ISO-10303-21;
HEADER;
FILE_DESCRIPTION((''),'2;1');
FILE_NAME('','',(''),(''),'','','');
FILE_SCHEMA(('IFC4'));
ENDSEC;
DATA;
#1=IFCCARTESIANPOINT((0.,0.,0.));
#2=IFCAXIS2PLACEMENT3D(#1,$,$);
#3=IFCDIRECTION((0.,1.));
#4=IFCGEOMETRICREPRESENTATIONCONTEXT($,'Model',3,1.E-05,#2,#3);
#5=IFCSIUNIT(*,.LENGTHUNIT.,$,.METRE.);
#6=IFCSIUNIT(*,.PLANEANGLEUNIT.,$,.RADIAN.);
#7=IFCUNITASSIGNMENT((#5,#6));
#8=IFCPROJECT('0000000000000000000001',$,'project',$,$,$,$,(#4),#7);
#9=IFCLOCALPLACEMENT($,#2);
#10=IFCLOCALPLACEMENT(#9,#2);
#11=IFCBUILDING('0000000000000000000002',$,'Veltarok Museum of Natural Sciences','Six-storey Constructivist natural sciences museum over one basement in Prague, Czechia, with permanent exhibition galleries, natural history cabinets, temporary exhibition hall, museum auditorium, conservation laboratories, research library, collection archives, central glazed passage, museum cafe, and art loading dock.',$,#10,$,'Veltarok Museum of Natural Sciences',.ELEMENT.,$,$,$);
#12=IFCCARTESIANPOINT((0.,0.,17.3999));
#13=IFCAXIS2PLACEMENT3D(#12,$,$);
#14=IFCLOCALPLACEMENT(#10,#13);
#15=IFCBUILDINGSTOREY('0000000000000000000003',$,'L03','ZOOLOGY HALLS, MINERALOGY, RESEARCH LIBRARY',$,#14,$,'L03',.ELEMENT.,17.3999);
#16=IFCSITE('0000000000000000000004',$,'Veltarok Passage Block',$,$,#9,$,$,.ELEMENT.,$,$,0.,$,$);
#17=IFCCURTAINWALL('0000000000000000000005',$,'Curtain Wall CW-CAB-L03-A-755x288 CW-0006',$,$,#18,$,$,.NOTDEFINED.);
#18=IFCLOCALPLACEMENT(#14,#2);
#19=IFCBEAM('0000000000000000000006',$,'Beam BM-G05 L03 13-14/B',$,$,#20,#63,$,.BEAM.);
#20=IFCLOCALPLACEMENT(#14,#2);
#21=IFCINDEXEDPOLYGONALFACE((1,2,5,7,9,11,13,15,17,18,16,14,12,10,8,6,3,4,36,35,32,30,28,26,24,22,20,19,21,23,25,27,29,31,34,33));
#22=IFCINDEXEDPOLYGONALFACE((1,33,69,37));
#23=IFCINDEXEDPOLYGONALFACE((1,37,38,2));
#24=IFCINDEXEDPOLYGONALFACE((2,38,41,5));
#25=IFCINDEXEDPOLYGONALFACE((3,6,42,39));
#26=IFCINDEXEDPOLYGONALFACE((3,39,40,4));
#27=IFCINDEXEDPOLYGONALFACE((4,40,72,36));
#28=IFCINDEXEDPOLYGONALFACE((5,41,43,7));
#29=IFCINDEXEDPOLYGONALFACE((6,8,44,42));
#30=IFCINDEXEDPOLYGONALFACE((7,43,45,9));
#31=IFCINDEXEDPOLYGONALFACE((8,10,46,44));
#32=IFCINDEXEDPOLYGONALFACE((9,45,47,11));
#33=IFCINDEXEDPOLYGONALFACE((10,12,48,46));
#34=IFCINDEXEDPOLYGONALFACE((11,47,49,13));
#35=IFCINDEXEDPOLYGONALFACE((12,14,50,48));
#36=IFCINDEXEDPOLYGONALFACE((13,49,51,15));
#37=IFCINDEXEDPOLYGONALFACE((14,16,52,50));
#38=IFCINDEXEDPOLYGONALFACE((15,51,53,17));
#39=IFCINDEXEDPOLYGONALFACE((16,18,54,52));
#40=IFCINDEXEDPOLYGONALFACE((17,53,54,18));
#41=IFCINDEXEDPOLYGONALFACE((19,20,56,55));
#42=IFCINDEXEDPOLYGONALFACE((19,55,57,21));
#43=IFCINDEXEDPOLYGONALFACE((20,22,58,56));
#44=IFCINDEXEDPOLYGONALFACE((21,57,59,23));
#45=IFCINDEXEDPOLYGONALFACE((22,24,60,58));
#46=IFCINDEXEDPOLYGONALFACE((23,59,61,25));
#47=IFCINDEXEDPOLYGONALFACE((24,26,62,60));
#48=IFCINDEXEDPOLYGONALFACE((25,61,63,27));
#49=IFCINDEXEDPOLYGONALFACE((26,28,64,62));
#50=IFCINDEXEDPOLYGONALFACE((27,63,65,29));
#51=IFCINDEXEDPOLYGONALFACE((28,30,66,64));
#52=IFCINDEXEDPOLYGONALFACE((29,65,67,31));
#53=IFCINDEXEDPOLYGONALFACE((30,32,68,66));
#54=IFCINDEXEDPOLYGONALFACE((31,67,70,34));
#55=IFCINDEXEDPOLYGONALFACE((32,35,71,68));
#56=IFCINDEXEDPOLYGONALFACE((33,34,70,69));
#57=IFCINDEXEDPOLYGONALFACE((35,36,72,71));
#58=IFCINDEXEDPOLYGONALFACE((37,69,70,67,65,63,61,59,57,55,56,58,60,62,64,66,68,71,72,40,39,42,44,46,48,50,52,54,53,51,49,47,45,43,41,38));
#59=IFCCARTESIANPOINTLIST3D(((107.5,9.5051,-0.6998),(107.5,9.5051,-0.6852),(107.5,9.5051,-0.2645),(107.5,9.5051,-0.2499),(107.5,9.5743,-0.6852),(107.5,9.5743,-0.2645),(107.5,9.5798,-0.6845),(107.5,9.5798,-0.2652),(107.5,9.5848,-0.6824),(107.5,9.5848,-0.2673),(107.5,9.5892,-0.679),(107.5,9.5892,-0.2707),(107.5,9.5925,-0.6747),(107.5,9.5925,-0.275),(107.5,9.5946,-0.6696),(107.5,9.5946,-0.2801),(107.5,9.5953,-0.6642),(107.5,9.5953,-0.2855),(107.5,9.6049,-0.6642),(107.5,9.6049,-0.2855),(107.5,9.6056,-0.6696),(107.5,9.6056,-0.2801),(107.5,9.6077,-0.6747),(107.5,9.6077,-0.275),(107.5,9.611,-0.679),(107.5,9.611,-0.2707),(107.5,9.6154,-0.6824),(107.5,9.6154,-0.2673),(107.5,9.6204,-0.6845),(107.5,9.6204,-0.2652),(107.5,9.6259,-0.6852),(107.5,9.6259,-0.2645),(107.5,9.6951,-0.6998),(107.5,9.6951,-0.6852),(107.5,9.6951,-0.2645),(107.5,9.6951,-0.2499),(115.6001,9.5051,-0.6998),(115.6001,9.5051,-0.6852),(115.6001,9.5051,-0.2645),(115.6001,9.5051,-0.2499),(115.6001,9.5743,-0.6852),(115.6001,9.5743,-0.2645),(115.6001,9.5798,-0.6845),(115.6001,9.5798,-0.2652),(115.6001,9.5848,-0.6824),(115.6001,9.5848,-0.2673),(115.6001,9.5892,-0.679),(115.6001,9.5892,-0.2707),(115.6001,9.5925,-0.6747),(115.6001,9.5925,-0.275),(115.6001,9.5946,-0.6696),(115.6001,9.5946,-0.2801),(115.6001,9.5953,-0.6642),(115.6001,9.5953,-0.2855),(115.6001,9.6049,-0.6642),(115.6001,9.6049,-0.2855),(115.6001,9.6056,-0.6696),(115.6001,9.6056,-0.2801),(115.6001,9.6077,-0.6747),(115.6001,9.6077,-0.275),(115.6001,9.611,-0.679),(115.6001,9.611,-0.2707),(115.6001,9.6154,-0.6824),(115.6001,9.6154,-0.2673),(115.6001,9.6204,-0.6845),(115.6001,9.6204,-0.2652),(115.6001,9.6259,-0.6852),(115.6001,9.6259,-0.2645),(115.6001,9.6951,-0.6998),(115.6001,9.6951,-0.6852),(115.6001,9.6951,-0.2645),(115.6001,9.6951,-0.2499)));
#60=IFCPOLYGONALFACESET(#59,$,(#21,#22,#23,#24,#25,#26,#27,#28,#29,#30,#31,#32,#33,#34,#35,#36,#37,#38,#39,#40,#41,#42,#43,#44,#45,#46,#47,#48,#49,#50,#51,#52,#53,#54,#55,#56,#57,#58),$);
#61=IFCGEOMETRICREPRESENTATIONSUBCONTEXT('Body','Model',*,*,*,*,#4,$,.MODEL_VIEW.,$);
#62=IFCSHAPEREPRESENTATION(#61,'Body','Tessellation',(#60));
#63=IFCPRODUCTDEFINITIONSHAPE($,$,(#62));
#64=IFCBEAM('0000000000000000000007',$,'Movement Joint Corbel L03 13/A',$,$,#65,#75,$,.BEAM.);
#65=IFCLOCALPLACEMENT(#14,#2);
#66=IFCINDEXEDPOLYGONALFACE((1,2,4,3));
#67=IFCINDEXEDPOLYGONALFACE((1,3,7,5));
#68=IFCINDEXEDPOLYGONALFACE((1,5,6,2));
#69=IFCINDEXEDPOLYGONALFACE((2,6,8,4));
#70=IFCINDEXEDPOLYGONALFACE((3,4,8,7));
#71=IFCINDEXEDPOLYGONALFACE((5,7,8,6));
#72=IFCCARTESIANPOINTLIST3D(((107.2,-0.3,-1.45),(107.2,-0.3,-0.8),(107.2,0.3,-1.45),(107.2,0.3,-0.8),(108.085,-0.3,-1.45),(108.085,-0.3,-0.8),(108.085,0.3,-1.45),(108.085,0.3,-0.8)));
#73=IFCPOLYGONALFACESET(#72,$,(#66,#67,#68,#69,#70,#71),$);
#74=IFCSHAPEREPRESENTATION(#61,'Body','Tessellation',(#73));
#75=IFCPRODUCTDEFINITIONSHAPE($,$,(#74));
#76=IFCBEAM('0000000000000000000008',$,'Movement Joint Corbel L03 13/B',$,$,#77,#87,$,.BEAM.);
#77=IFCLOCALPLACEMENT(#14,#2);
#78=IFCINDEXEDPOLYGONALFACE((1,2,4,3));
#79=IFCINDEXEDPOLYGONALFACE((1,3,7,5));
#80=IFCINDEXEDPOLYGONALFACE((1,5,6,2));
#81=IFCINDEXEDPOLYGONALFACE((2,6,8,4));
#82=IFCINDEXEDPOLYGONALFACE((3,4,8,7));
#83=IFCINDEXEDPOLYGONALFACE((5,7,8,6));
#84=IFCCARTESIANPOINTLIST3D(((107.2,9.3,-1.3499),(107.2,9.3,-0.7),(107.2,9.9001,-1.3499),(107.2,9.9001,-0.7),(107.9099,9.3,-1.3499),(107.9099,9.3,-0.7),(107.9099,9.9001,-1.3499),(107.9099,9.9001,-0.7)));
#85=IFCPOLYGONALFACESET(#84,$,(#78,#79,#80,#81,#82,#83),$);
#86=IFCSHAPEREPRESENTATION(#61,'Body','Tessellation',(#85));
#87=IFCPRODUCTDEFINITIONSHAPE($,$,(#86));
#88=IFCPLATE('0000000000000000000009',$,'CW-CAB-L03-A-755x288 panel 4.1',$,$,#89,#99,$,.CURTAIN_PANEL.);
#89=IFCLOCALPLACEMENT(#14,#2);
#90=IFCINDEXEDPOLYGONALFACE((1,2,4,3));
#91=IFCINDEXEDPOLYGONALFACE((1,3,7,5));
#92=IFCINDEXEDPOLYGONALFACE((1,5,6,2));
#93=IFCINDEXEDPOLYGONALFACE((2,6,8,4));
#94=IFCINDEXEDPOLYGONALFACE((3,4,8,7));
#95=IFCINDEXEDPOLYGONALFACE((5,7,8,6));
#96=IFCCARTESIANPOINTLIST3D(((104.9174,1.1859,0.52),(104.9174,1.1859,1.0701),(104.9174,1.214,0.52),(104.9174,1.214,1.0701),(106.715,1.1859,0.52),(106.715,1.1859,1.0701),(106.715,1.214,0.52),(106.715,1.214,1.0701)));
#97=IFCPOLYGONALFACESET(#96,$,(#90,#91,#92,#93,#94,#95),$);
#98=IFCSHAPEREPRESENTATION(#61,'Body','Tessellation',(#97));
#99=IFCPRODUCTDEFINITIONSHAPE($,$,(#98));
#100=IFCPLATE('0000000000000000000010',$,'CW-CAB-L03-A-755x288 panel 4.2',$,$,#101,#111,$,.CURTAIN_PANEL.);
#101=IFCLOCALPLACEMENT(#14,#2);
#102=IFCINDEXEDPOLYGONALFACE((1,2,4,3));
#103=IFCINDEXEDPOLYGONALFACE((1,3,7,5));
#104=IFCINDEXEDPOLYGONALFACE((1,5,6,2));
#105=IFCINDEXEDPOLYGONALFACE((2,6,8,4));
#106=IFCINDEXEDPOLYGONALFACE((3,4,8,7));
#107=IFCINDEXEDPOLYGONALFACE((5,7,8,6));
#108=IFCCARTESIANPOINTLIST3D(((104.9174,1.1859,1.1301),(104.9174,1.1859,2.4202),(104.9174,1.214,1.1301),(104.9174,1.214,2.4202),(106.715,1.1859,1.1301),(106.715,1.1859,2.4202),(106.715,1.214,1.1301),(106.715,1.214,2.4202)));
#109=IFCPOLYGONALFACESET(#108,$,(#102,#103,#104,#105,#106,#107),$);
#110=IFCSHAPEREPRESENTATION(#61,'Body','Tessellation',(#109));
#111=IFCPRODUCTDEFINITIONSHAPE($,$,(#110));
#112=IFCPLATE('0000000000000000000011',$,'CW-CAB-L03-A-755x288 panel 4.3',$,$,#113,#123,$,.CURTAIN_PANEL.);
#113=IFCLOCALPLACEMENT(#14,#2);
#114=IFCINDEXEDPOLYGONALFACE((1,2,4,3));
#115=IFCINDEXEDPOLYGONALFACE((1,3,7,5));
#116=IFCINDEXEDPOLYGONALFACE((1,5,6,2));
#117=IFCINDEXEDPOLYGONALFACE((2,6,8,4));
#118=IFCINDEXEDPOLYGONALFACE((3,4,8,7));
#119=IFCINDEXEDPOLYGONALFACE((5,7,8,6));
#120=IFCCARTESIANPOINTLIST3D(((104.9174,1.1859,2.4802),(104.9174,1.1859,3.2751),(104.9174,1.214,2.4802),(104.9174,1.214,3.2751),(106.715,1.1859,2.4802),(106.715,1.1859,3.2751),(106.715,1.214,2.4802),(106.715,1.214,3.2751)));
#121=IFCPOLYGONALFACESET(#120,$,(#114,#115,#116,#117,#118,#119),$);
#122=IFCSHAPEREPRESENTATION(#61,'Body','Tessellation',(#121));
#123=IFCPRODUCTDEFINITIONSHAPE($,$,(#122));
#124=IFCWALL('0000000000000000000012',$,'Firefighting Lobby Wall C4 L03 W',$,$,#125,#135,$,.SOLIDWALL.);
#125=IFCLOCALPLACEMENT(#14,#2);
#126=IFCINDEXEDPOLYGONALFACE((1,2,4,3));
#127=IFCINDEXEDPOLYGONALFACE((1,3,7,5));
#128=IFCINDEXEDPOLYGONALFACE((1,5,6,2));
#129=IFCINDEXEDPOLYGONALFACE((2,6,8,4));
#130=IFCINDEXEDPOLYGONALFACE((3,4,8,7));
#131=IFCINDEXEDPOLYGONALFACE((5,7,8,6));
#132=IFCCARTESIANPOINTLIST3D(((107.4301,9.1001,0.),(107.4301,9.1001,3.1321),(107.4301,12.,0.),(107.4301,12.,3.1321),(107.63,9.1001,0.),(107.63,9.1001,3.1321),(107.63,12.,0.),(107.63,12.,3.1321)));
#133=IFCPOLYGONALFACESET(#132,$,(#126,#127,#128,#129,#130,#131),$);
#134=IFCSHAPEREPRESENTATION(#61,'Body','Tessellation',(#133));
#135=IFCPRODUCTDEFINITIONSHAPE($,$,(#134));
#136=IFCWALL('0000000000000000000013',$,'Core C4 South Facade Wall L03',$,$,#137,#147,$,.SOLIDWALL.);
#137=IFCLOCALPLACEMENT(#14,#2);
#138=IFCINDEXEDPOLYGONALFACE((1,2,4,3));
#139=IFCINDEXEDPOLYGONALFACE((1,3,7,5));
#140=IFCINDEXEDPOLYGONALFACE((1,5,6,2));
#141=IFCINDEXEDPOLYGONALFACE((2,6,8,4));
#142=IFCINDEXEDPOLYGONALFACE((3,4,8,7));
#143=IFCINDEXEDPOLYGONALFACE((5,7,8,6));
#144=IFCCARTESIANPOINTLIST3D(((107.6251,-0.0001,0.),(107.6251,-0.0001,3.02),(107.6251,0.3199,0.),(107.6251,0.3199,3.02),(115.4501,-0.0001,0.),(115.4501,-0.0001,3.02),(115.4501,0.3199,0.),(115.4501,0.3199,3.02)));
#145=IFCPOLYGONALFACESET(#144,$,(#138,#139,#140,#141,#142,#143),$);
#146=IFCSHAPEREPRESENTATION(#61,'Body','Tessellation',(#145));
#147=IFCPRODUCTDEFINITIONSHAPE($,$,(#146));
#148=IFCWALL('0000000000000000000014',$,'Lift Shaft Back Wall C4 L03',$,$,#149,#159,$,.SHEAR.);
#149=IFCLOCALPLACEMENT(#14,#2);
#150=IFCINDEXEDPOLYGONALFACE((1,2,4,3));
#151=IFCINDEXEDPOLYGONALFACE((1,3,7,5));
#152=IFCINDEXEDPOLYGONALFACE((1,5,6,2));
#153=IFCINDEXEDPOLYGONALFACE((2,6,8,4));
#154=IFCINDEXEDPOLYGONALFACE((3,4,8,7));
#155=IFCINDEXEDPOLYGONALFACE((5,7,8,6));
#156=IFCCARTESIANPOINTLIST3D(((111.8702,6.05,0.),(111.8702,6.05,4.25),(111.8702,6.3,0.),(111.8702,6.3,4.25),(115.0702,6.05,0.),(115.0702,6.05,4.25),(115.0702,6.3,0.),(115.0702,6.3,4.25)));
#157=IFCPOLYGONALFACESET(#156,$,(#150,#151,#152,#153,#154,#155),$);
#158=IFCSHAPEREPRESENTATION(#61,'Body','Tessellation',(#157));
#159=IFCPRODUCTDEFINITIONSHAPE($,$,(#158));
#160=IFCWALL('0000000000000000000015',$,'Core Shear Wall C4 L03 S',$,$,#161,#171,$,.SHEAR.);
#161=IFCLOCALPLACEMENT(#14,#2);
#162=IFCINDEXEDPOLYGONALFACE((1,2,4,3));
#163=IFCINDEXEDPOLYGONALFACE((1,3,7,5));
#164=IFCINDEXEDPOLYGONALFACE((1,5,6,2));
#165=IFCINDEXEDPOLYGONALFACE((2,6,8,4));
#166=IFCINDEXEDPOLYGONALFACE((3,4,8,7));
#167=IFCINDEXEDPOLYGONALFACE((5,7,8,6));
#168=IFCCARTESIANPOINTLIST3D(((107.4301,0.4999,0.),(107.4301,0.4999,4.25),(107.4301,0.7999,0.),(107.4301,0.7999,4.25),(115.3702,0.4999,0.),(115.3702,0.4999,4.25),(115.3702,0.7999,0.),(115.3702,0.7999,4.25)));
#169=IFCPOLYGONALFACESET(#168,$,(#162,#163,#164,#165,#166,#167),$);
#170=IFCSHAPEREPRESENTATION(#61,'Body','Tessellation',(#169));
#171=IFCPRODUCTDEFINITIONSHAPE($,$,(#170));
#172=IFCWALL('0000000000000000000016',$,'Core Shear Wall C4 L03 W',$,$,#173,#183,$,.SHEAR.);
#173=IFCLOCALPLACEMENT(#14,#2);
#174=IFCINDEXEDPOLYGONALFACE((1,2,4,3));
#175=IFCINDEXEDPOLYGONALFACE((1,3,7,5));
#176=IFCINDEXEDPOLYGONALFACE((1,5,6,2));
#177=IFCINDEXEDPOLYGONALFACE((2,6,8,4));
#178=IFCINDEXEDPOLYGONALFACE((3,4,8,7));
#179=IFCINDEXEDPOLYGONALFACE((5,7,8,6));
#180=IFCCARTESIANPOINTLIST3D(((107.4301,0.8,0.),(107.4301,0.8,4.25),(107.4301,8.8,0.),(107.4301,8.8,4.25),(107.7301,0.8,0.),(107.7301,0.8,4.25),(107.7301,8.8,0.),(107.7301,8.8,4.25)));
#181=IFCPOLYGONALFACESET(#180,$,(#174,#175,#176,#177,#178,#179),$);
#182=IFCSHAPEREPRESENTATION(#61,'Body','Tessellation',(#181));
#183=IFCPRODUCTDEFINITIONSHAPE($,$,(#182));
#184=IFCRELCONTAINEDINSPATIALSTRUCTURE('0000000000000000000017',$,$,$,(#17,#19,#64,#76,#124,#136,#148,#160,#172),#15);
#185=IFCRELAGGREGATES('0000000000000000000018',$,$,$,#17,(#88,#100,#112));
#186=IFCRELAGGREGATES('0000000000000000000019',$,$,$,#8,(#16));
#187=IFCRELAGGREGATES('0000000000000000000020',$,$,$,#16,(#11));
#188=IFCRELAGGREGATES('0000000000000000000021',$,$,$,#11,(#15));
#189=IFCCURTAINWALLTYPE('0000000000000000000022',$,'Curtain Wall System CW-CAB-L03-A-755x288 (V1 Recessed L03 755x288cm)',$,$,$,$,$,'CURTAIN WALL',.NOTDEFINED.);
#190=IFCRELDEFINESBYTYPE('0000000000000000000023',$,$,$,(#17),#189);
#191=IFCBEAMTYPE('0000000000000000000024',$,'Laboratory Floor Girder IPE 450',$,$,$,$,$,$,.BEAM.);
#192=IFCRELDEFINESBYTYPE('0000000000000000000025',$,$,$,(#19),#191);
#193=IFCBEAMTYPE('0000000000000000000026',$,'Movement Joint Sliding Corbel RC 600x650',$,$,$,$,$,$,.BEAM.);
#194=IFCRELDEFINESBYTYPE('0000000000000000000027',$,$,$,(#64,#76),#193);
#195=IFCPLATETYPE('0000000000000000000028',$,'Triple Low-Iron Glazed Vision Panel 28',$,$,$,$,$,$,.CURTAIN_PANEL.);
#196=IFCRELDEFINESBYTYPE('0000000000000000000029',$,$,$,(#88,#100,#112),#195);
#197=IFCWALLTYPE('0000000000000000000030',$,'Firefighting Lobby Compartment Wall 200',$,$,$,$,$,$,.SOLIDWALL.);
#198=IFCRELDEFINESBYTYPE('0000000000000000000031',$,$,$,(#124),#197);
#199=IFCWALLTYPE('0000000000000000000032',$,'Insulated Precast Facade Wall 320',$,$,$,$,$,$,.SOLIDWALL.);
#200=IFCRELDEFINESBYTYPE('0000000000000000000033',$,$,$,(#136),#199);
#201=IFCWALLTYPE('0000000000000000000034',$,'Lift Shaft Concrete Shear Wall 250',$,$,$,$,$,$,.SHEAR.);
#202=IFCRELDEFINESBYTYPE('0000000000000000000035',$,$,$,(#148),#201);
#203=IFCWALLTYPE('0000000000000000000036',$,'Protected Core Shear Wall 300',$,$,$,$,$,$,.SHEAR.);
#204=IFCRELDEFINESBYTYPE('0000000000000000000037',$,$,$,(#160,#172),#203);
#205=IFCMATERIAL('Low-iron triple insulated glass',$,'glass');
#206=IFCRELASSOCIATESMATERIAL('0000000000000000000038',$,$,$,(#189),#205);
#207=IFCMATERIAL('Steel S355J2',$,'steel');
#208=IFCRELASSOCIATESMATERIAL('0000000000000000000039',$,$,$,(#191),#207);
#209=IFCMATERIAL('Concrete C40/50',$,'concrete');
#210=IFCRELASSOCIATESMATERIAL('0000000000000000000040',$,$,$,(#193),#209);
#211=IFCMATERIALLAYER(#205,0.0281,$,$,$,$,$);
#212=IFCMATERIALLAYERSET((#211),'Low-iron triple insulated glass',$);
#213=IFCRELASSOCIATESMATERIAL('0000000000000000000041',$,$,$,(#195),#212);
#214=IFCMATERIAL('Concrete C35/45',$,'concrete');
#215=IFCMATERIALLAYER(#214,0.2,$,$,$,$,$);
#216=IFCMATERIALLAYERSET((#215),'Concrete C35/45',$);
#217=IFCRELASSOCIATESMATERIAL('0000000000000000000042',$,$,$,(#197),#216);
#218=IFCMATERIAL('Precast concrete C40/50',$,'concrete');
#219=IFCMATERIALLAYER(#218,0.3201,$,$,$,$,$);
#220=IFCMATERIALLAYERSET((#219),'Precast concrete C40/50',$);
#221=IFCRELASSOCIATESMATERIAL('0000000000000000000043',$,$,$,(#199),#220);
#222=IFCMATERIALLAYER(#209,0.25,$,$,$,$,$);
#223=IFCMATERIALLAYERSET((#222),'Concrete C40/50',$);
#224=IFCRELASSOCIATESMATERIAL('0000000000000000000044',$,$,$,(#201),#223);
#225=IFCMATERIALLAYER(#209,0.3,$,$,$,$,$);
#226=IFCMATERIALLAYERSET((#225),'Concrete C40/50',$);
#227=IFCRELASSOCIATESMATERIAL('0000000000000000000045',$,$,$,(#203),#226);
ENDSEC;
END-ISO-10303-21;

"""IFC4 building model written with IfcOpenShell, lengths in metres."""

from ifc_helpers import new_model, si_unit, direction, frame, frame_2d, origin, origin_2d, place, context, subcontext, project, spatial, rectangle, i_section, extrude, material, layer, layer_set, material_profile, profile_set, type_object, element, aggregate, save


model = new_model("IFC4")

# Units and contexts
model_context = context("Model", 3, precision=1e-05, world=origin(), true_north=direction((0.0, 1.0)))
body_context = subcontext(model_context, "Body", "Model", "MODEL_VIEW")
ifc_project = project(units=[si_unit("LENGTHUNIT", "METRE"), si_unit("PLANEANGLEUNIT", "RADIAN")], contexts=[model_context])

# Site, building, storey
site_placement = place(None, origin())
site = spatial("IfcSite", under=ifc_project, at=site_placement, Name="Veltarok Passage Block", CompositionType="ELEMENT", RefElevation=0.0)
building_placement = place(site_placement, origin())
building = spatial("IfcBuilding", under=site, at=building_placement, Name="Veltarok Museum of Natural Sciences", Description="Six-storey Constructivist natural sciences museum over one basement in Prague, Czechia, with permanent exhibition galleries, natural history cabinets, temporary exhibition hall, museum auditorium, conservation laboratories, research library, collection archives, central glazed passage, museum cafe, and art loading dock.", LongName="Veltarok Museum of Natural Sciences", CompositionType="ELEMENT")
storey_placement = place(building_placement, frame((0.0, 0.0, 17.3999)))
storey = spatial("IfcBuildingStorey", under=building, at=storey_placement, Name="L03", Description="ZOOLOGY HALLS, MINERALOGY, RESEARCH LIBRARY", LongName="L03", CompositionType="ELEMENT", Elevation=17.3999)

# Shared definitions
ifc_material_1 = material(Name="Concrete C40/50", Category="concrete")

# Curtain wall
ifc_material_2 = material(Name="Low-iron triple insulated glass", Category="glass")
curtain_wall_type = type_object("IfcCurtainWallType", Name="Curtain Wall System CW-CAB-L03-A-755x288 (V1 Recessed L03 755x288cm)", ElementType="CURTAIN WALL", PredefinedType="NOTDEFINED", material=ifc_material_2)
curtain_wall_placement = place(storey_placement, origin())
curtain_wall = element("IfcCurtainWall", 1, at=curtain_wall_placement, inside=storey, type_object=curtain_wall_type, Name="Curtain Wall CW-CAB-L03-A-755x288 CW-0006", PredefinedType="NOTDEFINED")

# Beams
ifc_material_3 = material(Name="Precast concrete C40/50", Category="concrete")
ifc_material_4 = material(Name="Steel S355J2", Category="steel")
ifc_material_profile_1 = material_profile(ifc_material_4, i_section(OverallWidth=0.1899, OverallDepth=0.45, WebThickness=0.0095, FlangeThickness=0.0146, FilletRadius=0.021, at=origin_2d()), Name="IPE 450")
ifc_profile_set_1 = profile_set([ifc_material_profile_1], Name="Steel S355J2")
beam_type_1 = type_object("IfcBeamType", Name="Laboratory Floor Girder IPE 450", PredefinedType="BEAM", material=ifc_profile_set_1)
beam_1_placement = place(storey_placement, frame((107.5, 9.6001, -0.4749), z_axis=(1.0, 0.0, 0.0), x_axis=(0.0, 1.0, 0.0)))
element("IfcBeam", 2, at=beam_1_placement, inside=storey, type_object=beam_type_1, Name="Beam BM-G05 L03 13-14/B", PredefinedType="BEAM", context=body_context, shape_type="SweptSolid", body=[
    extrude(i_section(OverallWidth=0.1899, OverallDepth=0.45, WebThickness=0.0095, FlangeThickness=0.0146, FilletRadius=0.021, at=origin_2d()), origin(), (0.0, 0.0, 1.0), 8.1001),
])
ifc_material_profile_2 = material_profile(ifc_material_1, rectangle(XDim=0.6001, YDim=0.6499, at=origin_2d()), Name="RC 600x650")
ifc_profile_set_2 = profile_set([ifc_material_profile_2], Name="Concrete C40/50")
beam_type_2 = type_object("IfcBeamType", Name="Movement Joint Sliding Corbel RC 600x650", PredefinedType="BEAM", material=ifc_profile_set_2)
beam_2_placement = place(storey_placement, frame((107.2, 0.0, -1.125), z_axis=(1.0, 0.0, 0.0), x_axis=(0.0, 1.0, 0.0)))
element("IfcBeam", 3, at=beam_2_placement, inside=storey, type_object=beam_type_2, Name="Movement Joint Corbel L03 13/A", PredefinedType="BEAM", context=body_context, shape_type="SweptSolid", body=[
    extrude(rectangle(XDim=0.6001, YDim=0.6499, at=origin_2d()), origin(), (0.0, 0.0, 1.0), 0.885),
])
beam_3_placement = place(storey_placement, frame((107.2, 9.6001, -1.0249), z_axis=(1.0, 0.0, 0.0), x_axis=(0.0, 1.0, 0.0)))
element("IfcBeam", 4, at=beam_3_placement, inside=storey, type_object=beam_type_2, Name="Movement Joint Corbel L03 13/B", PredefinedType="BEAM", context=body_context, shape_type="SweptSolid", body=[
    extrude(rectangle(XDim=0.6001, YDim=0.6499, at=origin_2d()), origin(), (0.0, 0.0, 1.0), 0.71),
])

# Plates
ifc_layer_1 = layer(ifc_material_2, 0.0281)
ifc_layer_set_1 = layer_set([ifc_layer_1], Name="Low-iron triple insulated glass")
plate_type = type_object("IfcPlateType", Name="Triple Low-Iron Glazed Vision Panel 28", PredefinedType="CURTAIN_PANEL", material=ifc_layer_set_1)
plate_1_placement = place(storey_placement, frame((105.8162, 1.2, 0.52), z_axis=(0.0, 0.0, 1.0), x_axis=(1.0, 0.0, 0.0)))
plate_1 = element("IfcPlate", 5, at=plate_1_placement, type_object=plate_type, Name="CW-CAB-L03-A-755x288 panel 4.1", PredefinedType="CURTAIN_PANEL", context=body_context, shape_type="SweptSolid", body=[
    extrude(rectangle(XDim=1.7976, YDim=0.0281, at=origin_2d()), origin(), (0.0, 0.0, 1.0), 0.55),
])
plate_2_placement = place(storey_placement, frame((105.8162, 1.2, 1.1301), z_axis=(0.0, 0.0, 1.0), x_axis=(1.0, 0.0, 0.0)))
plate_2 = element("IfcPlate", 6, at=plate_2_placement, type_object=plate_type, Name="CW-CAB-L03-A-755x288 panel 4.2", PredefinedType="CURTAIN_PANEL", context=body_context, shape_type="SweptSolid", body=[
    extrude(rectangle(XDim=1.7976, YDim=0.0281, at=origin_2d()), origin(), (0.0, 0.0, 1.0), 1.29),
])
plate_3_placement = place(storey_placement, frame((105.8162, 1.2, 2.4802), z_axis=(0.0, 0.0, 1.0), x_axis=(1.0, 0.0, 0.0)))
plate_3 = element("IfcPlate", 7, at=plate_3_placement, type_object=plate_type, Name="CW-CAB-L03-A-755x288 panel 4.3", PredefinedType="CURTAIN_PANEL", context=body_context, shape_type="SweptSolid", body=[
    extrude(rectangle(XDim=1.7976, YDim=0.0281, at=origin_2d()), origin(), (0.0, 0.0, 1.0), 0.7949),
])
aggregate(curtain_wall, [plate_1, plate_2, plate_3])

# Walls
ifc_material_5 = material(Name="Concrete C35/45", Category="concrete")
ifc_layer_2 = layer(ifc_material_5, 0.2)
ifc_layer_set_2 = layer_set([ifc_layer_2], Name="Concrete C35/45")
wall_type_1 = type_object("IfcWallType", Name="Firefighting Lobby Compartment Wall 200", PredefinedType="SOLIDWALL", material=ifc_layer_set_2)
wall_1_placement = place(storey_placement, frame((107.53, 9.1001, 0.0), z_axis=(0.0, 0.0, 1.0), x_axis=(0.0, 1.0, 0.0)))
element("IfcWall", 8, at=wall_1_placement, inside=storey, type_object=wall_type_1, Name="Firefighting Lobby Wall C4 L03 W", PredefinedType="SOLIDWALL", context=body_context, shape_type="SweptSolid", body=[
    extrude(rectangle(XDim=2.8999, YDim=0.2, at=frame_2d((1.45, 0.0))), origin(), (0.0, 0.0, 1.0), 3.1321),
])
ifc_layer_3 = layer(ifc_material_3, 0.3201)
ifc_layer_set_3 = layer_set([ifc_layer_3], Name="Precast concrete C40/50")
wall_type_2 = type_object("IfcWallType", Name="Insulated Precast Facade Wall 320", PredefinedType="SOLIDWALL", material=ifc_layer_set_3)
wall_2_placement = place(storey_placement, frame((107.625, 0.1599, 0.0), z_axis=(0.0, 0.0, 1.0), x_axis=(1.0, 0.0, 0.0)))
element("IfcWall", 9, at=wall_2_placement, inside=storey, type_object=wall_type_2, Name="Core C4 South Facade Wall L03", PredefinedType="SOLIDWALL", context=body_context, shape_type="SweptSolid", body=[
    extrude(rectangle(XDim=7.825, YDim=0.3201, at=frame_2d((3.9126, 0.0))), origin(), (0.0, 0.0, 1.0), 3.02),
])
ifc_layer_4 = layer(ifc_material_1, 0.25)
ifc_layer_set_4 = layer_set([ifc_layer_4], Name="Concrete C40/50")
wall_type_3 = type_object("IfcWallType", Name="Lift Shaft Concrete Shear Wall 250", PredefinedType="SHEAR", material=ifc_layer_set_4)
wall_3_placement = place(storey_placement, frame((111.8701, 6.175, 0.0), z_axis=(0.0, 0.0, 1.0), x_axis=(1.0, 0.0, 0.0)))
element("IfcWall", 10, at=wall_3_placement, inside=storey, type_object=wall_type_3, Name="Lift Shaft Back Wall C4 L03", PredefinedType="SHEAR", context=body_context, shape_type="SweptSolid", body=[
    extrude(rectangle(XDim=3.2, YDim=0.25, at=frame_2d((1.6001, 0.0))), origin(), (0.0, 0.0, 1.0), 4.25),
])
ifc_layer_5 = layer(ifc_material_1, 0.3)
ifc_layer_set_5 = layer_set([ifc_layer_5], Name="Concrete C40/50")
wall_type_4 = type_object("IfcWallType", Name="Protected Core Shear Wall 300", PredefinedType="SHEAR", material=ifc_layer_set_5)
wall_4_placement = place(storey_placement, frame((107.4299, 0.6499, 0.0), z_axis=(0.0, 0.0, 1.0), x_axis=(1.0, 0.0, 0.0)))
element("IfcWall", 11, at=wall_4_placement, inside=storey, type_object=wall_type_4, Name="Core Shear Wall C4 L03 S", PredefinedType="SHEAR", context=body_context, shape_type="SweptSolid", body=[
    extrude(rectangle(XDim=7.9402, YDim=0.3, at=frame_2d((3.9702, 0.0))), origin(), (0.0, 0.0, 1.0), 4.25),
])
for number, where, z_axis, x_axis, name in (
    (12, (107.5801, 8.8, 0.0), (0.0, 0.0, 1.0), (0.0, -1.0, 0.0), "Core Shear Wall C4 L03 W"),
):
    element("IfcWall", number, at=place(storey_placement, frame(where, z_axis=z_axis, x_axis=x_axis)), inside=storey, type_object=wall_type_4, Name=name, PredefinedType="SHEAR", context=body_context, shape_type="SweptSolid", body=[
        extrude(rectangle(XDim=8.0, YDim=0.3, at=frame_2d((4.0, 0.0))), origin(), (0.0, 0.0, 1.0), 4.25),
    ])

save(model, "model.ifc")
